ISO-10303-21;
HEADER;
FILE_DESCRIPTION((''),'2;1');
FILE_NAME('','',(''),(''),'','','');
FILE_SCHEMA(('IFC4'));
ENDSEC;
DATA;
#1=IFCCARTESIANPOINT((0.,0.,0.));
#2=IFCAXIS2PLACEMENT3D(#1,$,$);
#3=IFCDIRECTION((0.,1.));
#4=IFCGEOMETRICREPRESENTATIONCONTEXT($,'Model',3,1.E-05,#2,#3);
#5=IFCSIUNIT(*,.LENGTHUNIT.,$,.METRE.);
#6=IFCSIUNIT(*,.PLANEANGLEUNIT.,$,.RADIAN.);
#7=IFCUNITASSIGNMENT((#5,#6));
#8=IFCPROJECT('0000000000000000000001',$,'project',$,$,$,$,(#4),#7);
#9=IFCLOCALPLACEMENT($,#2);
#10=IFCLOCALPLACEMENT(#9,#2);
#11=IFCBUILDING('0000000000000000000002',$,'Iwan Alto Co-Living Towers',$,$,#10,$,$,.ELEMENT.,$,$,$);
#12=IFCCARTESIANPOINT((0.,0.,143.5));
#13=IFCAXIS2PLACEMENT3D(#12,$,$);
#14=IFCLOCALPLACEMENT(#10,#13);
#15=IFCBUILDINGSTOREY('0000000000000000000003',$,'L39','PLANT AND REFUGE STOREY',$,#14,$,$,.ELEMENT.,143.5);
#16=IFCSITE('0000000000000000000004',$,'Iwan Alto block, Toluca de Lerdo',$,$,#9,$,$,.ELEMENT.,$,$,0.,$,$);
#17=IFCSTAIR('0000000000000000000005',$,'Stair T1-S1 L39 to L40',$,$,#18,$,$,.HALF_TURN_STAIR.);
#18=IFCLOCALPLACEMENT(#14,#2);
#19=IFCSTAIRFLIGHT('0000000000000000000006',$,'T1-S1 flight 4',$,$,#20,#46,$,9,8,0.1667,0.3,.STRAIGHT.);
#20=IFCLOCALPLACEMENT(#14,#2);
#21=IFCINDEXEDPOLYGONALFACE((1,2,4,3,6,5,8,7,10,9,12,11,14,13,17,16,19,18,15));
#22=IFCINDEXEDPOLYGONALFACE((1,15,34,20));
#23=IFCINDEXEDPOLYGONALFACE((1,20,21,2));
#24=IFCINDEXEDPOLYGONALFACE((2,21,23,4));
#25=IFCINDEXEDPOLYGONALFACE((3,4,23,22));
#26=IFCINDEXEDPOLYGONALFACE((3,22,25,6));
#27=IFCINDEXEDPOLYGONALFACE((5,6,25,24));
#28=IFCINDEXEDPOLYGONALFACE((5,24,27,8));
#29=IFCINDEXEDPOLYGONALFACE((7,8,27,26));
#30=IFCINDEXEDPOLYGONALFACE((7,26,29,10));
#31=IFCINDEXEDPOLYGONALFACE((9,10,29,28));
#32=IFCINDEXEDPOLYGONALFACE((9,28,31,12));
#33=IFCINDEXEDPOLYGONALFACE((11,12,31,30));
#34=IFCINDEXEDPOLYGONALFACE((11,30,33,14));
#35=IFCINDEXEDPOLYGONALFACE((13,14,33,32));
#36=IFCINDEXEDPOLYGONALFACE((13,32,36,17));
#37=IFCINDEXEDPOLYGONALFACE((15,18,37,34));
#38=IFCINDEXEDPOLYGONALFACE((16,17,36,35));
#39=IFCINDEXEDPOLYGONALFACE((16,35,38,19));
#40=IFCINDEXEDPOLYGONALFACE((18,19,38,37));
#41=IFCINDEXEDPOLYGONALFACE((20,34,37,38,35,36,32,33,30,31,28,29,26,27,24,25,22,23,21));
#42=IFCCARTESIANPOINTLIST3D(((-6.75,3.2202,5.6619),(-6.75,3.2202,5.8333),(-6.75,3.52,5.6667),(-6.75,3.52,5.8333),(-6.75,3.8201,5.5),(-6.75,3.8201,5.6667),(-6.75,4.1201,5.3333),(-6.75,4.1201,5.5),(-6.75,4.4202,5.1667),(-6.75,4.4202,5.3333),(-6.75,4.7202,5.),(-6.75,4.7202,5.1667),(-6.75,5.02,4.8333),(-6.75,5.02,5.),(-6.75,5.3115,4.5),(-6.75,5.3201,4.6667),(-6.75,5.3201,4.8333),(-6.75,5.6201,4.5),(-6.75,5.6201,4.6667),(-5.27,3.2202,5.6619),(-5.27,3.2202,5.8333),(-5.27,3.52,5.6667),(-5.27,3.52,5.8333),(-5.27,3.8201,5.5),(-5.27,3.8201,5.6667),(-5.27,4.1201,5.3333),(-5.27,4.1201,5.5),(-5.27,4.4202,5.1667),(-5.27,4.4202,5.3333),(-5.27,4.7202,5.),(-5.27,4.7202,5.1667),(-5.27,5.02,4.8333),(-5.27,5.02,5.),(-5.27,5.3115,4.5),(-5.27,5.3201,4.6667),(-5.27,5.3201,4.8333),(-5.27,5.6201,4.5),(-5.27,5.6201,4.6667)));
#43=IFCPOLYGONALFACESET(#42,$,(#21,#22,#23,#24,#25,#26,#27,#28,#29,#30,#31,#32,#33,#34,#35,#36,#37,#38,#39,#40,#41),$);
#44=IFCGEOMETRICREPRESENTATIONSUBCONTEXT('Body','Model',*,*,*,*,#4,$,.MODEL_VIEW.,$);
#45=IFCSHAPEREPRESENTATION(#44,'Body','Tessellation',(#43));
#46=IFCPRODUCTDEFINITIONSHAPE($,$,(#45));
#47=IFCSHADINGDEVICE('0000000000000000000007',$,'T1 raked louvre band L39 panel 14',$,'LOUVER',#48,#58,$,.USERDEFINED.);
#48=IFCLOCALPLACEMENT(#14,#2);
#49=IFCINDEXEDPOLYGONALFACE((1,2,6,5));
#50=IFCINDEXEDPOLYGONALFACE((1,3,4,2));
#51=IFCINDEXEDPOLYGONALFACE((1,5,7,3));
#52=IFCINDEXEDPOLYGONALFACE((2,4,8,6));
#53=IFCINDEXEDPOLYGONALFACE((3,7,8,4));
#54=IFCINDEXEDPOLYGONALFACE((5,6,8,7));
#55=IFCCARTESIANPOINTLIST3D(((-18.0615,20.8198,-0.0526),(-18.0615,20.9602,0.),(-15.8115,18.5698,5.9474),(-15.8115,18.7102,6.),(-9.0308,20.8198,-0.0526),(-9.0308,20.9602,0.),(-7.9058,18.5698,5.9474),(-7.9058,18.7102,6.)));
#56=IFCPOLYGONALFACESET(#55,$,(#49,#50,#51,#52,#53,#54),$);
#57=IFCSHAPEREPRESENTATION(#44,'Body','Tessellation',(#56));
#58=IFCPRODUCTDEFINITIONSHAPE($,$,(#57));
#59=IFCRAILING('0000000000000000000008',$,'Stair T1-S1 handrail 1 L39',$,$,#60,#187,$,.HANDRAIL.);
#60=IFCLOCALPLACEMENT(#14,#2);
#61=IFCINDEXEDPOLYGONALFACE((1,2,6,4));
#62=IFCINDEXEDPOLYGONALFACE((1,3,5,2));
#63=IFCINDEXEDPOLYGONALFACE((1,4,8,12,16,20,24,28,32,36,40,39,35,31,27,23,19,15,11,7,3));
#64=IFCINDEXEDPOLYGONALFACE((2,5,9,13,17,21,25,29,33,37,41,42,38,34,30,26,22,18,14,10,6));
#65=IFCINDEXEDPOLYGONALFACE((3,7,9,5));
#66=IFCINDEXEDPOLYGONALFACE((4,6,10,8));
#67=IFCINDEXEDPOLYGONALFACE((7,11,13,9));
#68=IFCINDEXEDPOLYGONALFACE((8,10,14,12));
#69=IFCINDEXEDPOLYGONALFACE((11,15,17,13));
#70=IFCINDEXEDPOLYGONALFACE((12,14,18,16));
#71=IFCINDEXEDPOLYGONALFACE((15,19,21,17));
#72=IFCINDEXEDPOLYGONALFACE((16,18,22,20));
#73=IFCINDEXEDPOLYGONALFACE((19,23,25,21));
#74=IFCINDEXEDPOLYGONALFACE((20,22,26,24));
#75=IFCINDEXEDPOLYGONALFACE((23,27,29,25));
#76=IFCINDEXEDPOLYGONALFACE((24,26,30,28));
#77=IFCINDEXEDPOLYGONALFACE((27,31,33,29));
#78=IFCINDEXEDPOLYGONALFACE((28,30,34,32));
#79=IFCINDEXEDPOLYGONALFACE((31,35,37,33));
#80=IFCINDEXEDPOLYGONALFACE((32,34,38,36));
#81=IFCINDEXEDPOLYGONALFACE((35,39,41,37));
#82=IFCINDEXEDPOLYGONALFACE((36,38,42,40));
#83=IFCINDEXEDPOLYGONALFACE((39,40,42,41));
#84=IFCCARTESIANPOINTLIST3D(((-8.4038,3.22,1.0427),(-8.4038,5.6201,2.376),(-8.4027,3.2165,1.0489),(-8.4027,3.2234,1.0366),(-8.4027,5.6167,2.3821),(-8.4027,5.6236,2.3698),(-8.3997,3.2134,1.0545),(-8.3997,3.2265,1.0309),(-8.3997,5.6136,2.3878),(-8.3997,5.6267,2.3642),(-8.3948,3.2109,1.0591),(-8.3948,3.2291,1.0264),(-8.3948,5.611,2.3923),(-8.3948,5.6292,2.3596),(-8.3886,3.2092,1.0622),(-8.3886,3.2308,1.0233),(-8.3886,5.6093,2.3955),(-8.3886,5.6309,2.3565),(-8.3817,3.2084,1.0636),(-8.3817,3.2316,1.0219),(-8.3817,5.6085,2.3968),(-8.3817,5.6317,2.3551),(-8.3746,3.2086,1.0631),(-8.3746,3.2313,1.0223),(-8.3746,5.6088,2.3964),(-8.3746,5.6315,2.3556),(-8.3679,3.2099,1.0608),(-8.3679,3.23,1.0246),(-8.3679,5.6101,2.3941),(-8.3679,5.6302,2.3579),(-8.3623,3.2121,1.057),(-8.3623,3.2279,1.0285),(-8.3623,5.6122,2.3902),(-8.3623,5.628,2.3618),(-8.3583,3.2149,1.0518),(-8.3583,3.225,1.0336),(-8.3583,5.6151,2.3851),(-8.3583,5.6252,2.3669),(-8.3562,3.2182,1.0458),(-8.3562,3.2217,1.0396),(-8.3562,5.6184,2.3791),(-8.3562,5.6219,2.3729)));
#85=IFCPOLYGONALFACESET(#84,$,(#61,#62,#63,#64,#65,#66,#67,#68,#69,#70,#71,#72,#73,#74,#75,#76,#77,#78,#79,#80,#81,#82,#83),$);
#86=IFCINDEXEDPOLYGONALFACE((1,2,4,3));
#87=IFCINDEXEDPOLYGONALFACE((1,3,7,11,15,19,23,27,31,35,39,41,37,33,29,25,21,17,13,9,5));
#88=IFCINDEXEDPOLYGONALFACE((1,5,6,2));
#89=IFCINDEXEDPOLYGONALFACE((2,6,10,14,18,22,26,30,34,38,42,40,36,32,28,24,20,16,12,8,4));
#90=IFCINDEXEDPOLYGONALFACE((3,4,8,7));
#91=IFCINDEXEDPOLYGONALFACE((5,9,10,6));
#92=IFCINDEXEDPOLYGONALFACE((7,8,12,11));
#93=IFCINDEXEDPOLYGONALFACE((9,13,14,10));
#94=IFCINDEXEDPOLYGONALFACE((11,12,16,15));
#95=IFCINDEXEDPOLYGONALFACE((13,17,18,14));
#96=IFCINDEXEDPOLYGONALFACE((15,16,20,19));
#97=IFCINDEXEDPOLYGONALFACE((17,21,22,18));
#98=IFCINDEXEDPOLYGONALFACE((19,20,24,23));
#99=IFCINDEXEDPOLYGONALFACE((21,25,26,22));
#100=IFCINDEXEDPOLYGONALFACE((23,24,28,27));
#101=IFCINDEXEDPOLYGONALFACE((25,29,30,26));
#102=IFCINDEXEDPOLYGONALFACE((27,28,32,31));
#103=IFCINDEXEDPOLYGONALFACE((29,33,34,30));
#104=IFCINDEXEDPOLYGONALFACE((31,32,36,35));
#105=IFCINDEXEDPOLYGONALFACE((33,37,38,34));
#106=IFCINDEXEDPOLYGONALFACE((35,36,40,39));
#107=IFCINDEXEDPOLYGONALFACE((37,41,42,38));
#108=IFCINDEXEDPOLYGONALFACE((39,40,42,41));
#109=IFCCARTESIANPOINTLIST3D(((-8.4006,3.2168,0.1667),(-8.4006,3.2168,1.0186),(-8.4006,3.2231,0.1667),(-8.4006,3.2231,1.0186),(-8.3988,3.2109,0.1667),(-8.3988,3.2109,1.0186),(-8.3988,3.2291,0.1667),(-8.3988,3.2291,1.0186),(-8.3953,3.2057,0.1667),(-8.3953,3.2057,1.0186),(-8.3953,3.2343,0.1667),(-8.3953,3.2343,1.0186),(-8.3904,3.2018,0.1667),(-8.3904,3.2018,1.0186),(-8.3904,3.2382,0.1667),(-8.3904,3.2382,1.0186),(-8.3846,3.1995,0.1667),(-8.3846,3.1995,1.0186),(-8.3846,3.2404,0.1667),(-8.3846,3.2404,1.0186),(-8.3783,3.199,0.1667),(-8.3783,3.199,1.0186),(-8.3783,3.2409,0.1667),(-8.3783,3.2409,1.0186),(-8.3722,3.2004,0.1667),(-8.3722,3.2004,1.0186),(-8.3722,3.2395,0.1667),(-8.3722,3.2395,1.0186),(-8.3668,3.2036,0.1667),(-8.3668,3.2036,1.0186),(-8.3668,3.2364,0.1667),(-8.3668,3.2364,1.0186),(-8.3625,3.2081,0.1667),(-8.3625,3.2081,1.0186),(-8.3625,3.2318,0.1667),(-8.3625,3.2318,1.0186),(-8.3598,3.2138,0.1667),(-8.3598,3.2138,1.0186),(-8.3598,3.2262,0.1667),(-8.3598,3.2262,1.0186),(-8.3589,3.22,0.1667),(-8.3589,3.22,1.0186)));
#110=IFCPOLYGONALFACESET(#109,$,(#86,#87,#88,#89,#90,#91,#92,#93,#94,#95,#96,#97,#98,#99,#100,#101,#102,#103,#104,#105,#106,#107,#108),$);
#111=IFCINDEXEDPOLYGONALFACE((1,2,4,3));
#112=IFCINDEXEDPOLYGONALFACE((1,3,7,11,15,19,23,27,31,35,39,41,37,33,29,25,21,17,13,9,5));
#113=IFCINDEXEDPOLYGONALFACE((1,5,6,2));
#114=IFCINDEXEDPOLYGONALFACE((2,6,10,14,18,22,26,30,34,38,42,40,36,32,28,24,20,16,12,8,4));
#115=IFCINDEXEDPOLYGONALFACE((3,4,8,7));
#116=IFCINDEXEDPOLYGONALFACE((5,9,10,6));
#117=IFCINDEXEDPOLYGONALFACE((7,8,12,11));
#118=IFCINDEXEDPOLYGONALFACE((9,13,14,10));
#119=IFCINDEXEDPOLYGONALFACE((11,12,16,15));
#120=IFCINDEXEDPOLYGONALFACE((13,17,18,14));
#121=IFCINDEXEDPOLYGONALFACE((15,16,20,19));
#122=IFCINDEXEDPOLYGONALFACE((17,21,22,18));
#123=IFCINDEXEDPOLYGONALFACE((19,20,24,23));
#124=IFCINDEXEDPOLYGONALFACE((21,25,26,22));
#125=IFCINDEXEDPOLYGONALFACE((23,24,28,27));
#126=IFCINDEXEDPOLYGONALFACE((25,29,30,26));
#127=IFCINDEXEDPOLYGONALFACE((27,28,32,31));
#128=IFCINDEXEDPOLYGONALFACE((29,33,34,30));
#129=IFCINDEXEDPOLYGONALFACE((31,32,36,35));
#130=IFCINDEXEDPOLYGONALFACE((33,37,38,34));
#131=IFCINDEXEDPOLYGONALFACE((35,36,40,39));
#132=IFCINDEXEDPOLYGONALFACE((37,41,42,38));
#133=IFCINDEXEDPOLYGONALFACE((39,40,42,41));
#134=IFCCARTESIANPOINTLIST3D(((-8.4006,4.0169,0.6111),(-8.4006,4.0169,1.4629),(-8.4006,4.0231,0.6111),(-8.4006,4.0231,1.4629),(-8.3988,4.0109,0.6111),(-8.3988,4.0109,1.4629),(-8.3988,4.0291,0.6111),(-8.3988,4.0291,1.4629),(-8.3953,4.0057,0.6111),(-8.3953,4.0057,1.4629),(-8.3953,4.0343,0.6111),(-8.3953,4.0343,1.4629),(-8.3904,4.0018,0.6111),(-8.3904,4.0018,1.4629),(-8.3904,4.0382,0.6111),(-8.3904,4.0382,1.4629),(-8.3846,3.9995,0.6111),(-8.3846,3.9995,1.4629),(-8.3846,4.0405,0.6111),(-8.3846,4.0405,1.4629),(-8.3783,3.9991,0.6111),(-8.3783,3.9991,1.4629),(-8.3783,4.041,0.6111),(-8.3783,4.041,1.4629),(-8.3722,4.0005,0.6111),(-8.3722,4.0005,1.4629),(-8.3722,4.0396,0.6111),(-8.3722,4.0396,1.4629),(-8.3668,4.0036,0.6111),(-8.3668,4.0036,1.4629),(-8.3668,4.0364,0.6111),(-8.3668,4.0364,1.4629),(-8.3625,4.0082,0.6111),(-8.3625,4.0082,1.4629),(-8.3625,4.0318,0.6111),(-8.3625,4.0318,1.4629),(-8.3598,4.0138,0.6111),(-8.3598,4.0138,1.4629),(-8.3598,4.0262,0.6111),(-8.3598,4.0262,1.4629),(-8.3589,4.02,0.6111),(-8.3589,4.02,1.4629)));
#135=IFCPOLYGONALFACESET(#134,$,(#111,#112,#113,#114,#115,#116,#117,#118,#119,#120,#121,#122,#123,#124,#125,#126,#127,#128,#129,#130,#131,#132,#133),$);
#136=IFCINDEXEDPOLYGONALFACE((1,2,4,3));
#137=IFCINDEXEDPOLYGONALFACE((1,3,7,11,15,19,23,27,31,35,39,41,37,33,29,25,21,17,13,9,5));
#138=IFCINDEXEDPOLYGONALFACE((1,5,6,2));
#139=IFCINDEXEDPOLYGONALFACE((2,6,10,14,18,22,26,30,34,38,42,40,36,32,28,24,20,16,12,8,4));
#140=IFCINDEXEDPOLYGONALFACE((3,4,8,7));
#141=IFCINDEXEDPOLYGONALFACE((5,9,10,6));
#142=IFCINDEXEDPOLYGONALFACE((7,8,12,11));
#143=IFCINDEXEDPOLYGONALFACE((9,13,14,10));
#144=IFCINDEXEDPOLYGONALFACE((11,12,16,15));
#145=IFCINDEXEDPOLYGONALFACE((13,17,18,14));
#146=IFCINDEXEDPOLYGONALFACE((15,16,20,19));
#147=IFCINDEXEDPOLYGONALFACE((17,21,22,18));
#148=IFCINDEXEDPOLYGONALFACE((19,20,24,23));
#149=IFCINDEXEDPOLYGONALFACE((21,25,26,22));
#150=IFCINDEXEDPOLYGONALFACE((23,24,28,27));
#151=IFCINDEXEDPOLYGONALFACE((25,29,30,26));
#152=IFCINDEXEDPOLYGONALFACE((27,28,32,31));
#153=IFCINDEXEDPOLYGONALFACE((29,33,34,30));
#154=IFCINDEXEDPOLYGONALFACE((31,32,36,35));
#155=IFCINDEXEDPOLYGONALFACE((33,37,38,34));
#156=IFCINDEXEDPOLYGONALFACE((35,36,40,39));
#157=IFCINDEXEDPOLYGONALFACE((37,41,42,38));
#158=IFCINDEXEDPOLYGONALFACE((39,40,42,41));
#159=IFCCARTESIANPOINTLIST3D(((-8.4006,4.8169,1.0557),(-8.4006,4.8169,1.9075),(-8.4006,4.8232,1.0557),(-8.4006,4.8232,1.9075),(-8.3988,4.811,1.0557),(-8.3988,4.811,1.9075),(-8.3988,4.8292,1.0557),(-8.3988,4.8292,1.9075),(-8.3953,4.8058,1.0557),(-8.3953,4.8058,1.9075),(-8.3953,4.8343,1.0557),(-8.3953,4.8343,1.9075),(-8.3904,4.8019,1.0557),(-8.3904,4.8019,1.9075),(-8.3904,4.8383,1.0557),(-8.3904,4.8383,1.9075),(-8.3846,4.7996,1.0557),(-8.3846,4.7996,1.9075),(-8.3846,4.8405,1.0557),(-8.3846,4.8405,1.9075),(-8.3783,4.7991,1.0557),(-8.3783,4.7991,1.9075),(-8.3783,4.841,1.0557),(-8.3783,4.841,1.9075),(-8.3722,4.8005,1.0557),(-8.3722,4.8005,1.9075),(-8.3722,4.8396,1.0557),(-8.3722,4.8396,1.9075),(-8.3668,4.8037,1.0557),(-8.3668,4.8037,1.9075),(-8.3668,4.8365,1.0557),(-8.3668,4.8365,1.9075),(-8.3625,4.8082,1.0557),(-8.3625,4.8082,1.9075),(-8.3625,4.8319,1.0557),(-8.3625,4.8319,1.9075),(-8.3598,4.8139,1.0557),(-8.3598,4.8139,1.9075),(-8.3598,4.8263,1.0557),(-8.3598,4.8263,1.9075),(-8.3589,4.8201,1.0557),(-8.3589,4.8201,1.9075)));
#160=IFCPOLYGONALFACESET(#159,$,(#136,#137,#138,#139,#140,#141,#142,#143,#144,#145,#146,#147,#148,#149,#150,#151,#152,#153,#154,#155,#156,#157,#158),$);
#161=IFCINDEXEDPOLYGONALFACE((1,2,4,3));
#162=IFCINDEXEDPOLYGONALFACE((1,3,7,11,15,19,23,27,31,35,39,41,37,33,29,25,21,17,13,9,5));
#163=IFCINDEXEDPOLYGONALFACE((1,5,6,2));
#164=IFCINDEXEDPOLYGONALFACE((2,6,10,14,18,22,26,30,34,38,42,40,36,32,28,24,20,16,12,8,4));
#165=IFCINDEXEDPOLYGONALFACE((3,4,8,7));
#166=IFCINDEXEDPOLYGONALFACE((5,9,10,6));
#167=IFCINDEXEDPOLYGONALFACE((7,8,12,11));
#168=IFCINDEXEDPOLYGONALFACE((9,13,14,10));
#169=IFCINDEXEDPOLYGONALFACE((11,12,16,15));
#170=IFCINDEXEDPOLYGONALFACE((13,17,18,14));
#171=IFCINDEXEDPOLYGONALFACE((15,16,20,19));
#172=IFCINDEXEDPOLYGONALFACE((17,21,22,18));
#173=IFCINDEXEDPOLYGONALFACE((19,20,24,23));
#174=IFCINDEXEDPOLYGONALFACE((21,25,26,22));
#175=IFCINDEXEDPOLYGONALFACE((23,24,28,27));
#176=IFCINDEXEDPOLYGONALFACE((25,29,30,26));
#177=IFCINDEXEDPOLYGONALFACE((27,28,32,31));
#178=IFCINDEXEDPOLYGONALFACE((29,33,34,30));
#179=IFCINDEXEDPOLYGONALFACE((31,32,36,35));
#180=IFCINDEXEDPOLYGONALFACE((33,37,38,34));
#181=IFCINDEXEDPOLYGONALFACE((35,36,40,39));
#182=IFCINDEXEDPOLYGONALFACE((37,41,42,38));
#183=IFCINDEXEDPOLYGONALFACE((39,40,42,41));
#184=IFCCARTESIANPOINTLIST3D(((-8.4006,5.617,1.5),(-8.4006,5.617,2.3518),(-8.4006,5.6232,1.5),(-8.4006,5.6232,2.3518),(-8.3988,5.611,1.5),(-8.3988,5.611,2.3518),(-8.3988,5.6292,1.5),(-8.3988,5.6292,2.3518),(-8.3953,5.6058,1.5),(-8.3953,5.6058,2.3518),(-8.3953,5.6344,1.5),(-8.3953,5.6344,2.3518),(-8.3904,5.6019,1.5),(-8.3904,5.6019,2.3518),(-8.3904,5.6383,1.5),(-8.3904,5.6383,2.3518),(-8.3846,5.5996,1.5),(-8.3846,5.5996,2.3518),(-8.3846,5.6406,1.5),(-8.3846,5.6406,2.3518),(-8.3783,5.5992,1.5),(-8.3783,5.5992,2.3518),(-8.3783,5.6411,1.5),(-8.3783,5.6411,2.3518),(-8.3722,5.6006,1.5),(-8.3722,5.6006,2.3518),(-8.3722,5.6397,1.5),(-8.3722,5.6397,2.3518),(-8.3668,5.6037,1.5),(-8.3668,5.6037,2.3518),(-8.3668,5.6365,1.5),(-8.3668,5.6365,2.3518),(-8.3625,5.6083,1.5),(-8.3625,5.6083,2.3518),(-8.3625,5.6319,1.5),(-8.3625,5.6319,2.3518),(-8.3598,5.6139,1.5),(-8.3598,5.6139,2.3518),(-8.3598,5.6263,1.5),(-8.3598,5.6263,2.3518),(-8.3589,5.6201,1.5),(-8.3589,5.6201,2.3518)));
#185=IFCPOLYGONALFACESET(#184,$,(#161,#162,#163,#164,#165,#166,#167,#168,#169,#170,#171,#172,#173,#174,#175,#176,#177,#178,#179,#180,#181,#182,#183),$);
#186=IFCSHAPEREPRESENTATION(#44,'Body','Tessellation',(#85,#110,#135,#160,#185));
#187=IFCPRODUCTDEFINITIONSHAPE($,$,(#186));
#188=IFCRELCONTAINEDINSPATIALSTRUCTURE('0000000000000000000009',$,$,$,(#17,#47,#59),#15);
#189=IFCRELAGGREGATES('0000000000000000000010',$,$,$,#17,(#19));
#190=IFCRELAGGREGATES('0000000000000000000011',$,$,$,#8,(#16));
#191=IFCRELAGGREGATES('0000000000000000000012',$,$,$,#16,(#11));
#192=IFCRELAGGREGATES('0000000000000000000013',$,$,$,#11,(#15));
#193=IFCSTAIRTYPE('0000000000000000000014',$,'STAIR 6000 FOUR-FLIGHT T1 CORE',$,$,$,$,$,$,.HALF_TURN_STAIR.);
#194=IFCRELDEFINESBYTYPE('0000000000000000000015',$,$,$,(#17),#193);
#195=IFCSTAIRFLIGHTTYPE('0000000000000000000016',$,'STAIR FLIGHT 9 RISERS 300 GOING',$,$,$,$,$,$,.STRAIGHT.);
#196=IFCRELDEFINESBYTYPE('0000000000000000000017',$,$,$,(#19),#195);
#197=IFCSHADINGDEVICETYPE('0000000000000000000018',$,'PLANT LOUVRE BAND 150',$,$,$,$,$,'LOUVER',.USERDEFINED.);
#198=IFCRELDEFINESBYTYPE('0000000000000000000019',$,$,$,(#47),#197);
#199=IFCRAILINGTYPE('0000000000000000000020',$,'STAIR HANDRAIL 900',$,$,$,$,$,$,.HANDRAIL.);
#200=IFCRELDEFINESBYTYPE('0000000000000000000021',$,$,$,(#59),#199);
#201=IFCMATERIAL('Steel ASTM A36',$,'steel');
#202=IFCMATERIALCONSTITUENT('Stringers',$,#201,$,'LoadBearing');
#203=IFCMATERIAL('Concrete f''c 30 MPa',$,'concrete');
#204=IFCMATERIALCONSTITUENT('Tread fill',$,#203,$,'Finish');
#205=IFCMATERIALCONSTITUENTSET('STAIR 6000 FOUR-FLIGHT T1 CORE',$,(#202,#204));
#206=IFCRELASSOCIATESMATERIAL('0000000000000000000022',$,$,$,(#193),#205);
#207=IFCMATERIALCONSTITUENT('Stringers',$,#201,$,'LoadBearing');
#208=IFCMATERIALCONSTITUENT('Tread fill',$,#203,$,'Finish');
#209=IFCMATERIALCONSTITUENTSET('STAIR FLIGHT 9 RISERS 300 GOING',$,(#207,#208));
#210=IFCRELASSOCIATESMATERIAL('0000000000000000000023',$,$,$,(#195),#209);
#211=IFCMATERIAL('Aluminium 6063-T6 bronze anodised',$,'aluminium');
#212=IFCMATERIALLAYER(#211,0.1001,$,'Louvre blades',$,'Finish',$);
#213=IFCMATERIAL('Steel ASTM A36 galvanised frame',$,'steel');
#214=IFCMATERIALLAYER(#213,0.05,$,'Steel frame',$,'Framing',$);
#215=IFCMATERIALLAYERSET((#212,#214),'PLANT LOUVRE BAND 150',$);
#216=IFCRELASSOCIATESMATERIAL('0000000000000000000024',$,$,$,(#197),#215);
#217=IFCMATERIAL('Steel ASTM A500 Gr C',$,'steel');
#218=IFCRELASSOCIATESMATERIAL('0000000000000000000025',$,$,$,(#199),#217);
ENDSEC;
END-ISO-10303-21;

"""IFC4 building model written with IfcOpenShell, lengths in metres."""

from ifc_helpers import new_model, si_unit, direction, frame, origin, origin_2d, place, context, subcontext, project, spatial, polyline, circle, outline, extrude, material, layer, layer_set, constituent, constituent_set, type_object, element, aggregate, save


model = new_model("IFC4")

# Units and contexts
model_context = context("Model", 3, precision=1e-05, world=origin(), true_north=direction((0.0, 1.0)))
body_context = subcontext(model_context, "Body", "Model", "MODEL_VIEW")
ifc_project = project(units=[si_unit("LENGTHUNIT", "METRE"), si_unit("PLANEANGLEUNIT", "RADIAN")], contexts=[model_context])

# Site, building, storey
site_placement = place(None, origin())
site = spatial("IfcSite", under=ifc_project, at=site_placement, Name="Iwan Alto block, Toluca de Lerdo", CompositionType="ELEMENT", RefElevation=0.0)
building_placement = place(site_placement, origin())
building = spatial("IfcBuilding", under=site, at=building_placement, Name="Iwan Alto Co-Living Towers", CompositionType="ELEMENT")
storey_placement = place(building_placement, frame((0.0, 0.0, 143.5)))
storey = spatial("IfcBuildingStorey", under=building, at=storey_placement, Name="L39", Description="PLANT AND REFUGE STOREY", CompositionType="ELEMENT", Elevation=143.5)

# Stair, stair flight
ifc_material_1 = material(Name="Steel ASTM A36", Category="steel")
ifc_constituent_1 = constituent(ifc_material_1, Name="Stringers", Category="LoadBearing")
ifc_material_2 = material(Name="Concrete f'c 30 MPa", Category="concrete")
ifc_constituent_2 = constituent(ifc_material_2, Name="Tread fill", Category="Finish")
ifc_constituent_set_1 = constituent_set(constituents=[ifc_constituent_1, ifc_constituent_2], Name="STAIR 6000 FOUR-FLIGHT T1 CORE")
stair_type = type_object("IfcStairType", Name="STAIR 6000 FOUR-FLIGHT T1 CORE", PredefinedType="HALF_TURN_STAIR", material=ifc_constituent_set_1)
stair_placement = place(storey_placement, origin())
stair = element("IfcStair", 1, at=stair_placement, inside=storey, type_object=stair_type, Name="Stair T1-S1 L39 to L40", PredefinedType="HALF_TURN_STAIR")
ifc_constituent_3 = constituent(ifc_material_1, Name="Stringers", Category="LoadBearing")
ifc_constituent_4 = constituent(ifc_material_2, Name="Tread fill", Category="Finish")
ifc_constituent_set_2 = constituent_set(constituents=[ifc_constituent_3, ifc_constituent_4], Name="STAIR FLIGHT 9 RISERS 300 GOING")
stair_flight_type = type_object("IfcStairFlightType", Name="STAIR FLIGHT 9 RISERS 300 GOING", PredefinedType="STRAIGHT", material=ifc_constituent_set_2)
stair_flight_1_placement = place(storey_placement, frame((-6.01, 5.6201, 4.5), z_axis=(0.0, 0.0, 1.0), x_axis=(0.0, -1.0, 0.0)))
stair_flight_1 = element("IfcStairFlight", 2, at=stair_flight_1_placement, type_object=stair_flight_type, Name="T1-S1 flight 4", NumberOfRisers=9, NumberOfTreads=8, PredefinedType="STRAIGHT", RiserHeight=0.1667, TreadLength=0.3, context=body_context, shape_type="SweptSolid", body=[
    extrude(outline(polyline([(0.0, 0.0), (0.0, 0.1667), (0.3, 0.1667), (0.3, 0.3333), (0.6001, 0.3333), (0.6001, 0.5), (0.8999, 0.5), (0.8999, 0.6667), (1.2, 0.6667), (1.2, 0.8333), (1.5, 0.8333), (1.5, 1.0), (1.8, 1.0), (1.8, 1.1667), (2.1001, 1.1667), (2.1001, 1.3333), (2.3999, 1.3333), (2.3999, 1.5), (2.3999, 1.1619), (0.3086, 0.0), (0.0, 0.0)])), frame((0.0, 0.74, 0.0), z_axis=(0.0, -1.0, 0.0), x_axis=(1.0, 0.0, 0.0)), (0.0, 0.0, 1.0), 1.48),
])
aggregate(stair, [stair_flight_1])

# Shading device
ifc_material_3 = material(Name="Aluminium 6063-T6 bronze anodised", Category="aluminium")
ifc_layer_1 = layer(ifc_material_3, 0.1001, Name="Louvre blades", Category="Finish")
ifc_material_4 = material(Name="Steel ASTM A36 galvanised frame", Category="steel")
ifc_layer_2 = layer(ifc_material_4, 0.05, Name="Steel frame", Category="Framing")
ifc_layer_set_1 = layer_set([ifc_layer_1, ifc_layer_2], Name="PLANT LOUVRE BAND 150")
shading_device_type = type_object("IfcShadingDeviceType", Name="PLANT LOUVRE BAND 150", ElementType="LOUVER", PredefinedType="USERDEFINED", material=ifc_layer_set_1)
shading_device_placement = place(storey_placement, frame((-9.0308, 20.9602, 0.0), z_axis=(0.0, 0.936329, 0.351123), x_axis=(-1.0, 0.0, 0.0)))
element("IfcShadingDevice", 3, at=shading_device_placement, inside=storey, type_object=shading_device_type, Name="T1 raked louvre band L39 panel 14", ObjectType="LOUVER", PredefinedType="USERDEFINED", context=body_context, shape_type="SweptSolid", body=[
    extrude(outline(polyline([(0.0, 0.0), (9.0308, 0.0), (6.7808, 6.408), (-1.125, 6.408), (0.0, 0.0)])), origin(), (0.0, 0.0, -1.0), 0.1499),
])

# Railing
ifc_material_5 = material(Name="Steel ASTM A500 Gr C", Category="steel")
railing_type_1 = type_object("IfcRailingType", Name="STAIR HANDRAIL 900", PredefinedType="HANDRAIL", material=ifc_material_5)
railing_1_placement = place(storey_placement, frame((-8.3799, 3.22, 0.1667)))
element("IfcRailing", 4, at=railing_1_placement, inside=storey, type_object=railing_type_1, Name="Stair T1-S1 handrail 1 L39", PredefinedType="HANDRAIL", context=body_context, shape_type="SweptSolid", body=[
    extrude(circle(Radius=0.0239, at=origin_2d()), frame((0.0, 0.0, 0.876), z_axis=(0.0, 0.874182, 0.485598), x_axis=(-1.0, 0.0, 0.0)), (0.0, 0.0, 1.0), 2.7456),
    extrude(circle(Radius=0.021, at=origin_2d()), origin(), (0.0, 0.0, 1.0), 0.8518),
    extrude(circle(Radius=0.021, at=origin_2d()), frame((0.0, 0.8, 0.4443)), (0.0, 0.0, 1.0), 0.8518),
    extrude(circle(Radius=0.021, at=origin_2d()), frame((0.0, 1.6001, 0.8889)), (0.0, 0.0, 1.0), 0.8518),
    extrude(circle(Radius=0.021, at=origin_2d()), frame((0.0, 2.4001, 1.3333)), (0.0, 0.0, 1.0), 0.8518),
])

save(model, "model.ifc")
